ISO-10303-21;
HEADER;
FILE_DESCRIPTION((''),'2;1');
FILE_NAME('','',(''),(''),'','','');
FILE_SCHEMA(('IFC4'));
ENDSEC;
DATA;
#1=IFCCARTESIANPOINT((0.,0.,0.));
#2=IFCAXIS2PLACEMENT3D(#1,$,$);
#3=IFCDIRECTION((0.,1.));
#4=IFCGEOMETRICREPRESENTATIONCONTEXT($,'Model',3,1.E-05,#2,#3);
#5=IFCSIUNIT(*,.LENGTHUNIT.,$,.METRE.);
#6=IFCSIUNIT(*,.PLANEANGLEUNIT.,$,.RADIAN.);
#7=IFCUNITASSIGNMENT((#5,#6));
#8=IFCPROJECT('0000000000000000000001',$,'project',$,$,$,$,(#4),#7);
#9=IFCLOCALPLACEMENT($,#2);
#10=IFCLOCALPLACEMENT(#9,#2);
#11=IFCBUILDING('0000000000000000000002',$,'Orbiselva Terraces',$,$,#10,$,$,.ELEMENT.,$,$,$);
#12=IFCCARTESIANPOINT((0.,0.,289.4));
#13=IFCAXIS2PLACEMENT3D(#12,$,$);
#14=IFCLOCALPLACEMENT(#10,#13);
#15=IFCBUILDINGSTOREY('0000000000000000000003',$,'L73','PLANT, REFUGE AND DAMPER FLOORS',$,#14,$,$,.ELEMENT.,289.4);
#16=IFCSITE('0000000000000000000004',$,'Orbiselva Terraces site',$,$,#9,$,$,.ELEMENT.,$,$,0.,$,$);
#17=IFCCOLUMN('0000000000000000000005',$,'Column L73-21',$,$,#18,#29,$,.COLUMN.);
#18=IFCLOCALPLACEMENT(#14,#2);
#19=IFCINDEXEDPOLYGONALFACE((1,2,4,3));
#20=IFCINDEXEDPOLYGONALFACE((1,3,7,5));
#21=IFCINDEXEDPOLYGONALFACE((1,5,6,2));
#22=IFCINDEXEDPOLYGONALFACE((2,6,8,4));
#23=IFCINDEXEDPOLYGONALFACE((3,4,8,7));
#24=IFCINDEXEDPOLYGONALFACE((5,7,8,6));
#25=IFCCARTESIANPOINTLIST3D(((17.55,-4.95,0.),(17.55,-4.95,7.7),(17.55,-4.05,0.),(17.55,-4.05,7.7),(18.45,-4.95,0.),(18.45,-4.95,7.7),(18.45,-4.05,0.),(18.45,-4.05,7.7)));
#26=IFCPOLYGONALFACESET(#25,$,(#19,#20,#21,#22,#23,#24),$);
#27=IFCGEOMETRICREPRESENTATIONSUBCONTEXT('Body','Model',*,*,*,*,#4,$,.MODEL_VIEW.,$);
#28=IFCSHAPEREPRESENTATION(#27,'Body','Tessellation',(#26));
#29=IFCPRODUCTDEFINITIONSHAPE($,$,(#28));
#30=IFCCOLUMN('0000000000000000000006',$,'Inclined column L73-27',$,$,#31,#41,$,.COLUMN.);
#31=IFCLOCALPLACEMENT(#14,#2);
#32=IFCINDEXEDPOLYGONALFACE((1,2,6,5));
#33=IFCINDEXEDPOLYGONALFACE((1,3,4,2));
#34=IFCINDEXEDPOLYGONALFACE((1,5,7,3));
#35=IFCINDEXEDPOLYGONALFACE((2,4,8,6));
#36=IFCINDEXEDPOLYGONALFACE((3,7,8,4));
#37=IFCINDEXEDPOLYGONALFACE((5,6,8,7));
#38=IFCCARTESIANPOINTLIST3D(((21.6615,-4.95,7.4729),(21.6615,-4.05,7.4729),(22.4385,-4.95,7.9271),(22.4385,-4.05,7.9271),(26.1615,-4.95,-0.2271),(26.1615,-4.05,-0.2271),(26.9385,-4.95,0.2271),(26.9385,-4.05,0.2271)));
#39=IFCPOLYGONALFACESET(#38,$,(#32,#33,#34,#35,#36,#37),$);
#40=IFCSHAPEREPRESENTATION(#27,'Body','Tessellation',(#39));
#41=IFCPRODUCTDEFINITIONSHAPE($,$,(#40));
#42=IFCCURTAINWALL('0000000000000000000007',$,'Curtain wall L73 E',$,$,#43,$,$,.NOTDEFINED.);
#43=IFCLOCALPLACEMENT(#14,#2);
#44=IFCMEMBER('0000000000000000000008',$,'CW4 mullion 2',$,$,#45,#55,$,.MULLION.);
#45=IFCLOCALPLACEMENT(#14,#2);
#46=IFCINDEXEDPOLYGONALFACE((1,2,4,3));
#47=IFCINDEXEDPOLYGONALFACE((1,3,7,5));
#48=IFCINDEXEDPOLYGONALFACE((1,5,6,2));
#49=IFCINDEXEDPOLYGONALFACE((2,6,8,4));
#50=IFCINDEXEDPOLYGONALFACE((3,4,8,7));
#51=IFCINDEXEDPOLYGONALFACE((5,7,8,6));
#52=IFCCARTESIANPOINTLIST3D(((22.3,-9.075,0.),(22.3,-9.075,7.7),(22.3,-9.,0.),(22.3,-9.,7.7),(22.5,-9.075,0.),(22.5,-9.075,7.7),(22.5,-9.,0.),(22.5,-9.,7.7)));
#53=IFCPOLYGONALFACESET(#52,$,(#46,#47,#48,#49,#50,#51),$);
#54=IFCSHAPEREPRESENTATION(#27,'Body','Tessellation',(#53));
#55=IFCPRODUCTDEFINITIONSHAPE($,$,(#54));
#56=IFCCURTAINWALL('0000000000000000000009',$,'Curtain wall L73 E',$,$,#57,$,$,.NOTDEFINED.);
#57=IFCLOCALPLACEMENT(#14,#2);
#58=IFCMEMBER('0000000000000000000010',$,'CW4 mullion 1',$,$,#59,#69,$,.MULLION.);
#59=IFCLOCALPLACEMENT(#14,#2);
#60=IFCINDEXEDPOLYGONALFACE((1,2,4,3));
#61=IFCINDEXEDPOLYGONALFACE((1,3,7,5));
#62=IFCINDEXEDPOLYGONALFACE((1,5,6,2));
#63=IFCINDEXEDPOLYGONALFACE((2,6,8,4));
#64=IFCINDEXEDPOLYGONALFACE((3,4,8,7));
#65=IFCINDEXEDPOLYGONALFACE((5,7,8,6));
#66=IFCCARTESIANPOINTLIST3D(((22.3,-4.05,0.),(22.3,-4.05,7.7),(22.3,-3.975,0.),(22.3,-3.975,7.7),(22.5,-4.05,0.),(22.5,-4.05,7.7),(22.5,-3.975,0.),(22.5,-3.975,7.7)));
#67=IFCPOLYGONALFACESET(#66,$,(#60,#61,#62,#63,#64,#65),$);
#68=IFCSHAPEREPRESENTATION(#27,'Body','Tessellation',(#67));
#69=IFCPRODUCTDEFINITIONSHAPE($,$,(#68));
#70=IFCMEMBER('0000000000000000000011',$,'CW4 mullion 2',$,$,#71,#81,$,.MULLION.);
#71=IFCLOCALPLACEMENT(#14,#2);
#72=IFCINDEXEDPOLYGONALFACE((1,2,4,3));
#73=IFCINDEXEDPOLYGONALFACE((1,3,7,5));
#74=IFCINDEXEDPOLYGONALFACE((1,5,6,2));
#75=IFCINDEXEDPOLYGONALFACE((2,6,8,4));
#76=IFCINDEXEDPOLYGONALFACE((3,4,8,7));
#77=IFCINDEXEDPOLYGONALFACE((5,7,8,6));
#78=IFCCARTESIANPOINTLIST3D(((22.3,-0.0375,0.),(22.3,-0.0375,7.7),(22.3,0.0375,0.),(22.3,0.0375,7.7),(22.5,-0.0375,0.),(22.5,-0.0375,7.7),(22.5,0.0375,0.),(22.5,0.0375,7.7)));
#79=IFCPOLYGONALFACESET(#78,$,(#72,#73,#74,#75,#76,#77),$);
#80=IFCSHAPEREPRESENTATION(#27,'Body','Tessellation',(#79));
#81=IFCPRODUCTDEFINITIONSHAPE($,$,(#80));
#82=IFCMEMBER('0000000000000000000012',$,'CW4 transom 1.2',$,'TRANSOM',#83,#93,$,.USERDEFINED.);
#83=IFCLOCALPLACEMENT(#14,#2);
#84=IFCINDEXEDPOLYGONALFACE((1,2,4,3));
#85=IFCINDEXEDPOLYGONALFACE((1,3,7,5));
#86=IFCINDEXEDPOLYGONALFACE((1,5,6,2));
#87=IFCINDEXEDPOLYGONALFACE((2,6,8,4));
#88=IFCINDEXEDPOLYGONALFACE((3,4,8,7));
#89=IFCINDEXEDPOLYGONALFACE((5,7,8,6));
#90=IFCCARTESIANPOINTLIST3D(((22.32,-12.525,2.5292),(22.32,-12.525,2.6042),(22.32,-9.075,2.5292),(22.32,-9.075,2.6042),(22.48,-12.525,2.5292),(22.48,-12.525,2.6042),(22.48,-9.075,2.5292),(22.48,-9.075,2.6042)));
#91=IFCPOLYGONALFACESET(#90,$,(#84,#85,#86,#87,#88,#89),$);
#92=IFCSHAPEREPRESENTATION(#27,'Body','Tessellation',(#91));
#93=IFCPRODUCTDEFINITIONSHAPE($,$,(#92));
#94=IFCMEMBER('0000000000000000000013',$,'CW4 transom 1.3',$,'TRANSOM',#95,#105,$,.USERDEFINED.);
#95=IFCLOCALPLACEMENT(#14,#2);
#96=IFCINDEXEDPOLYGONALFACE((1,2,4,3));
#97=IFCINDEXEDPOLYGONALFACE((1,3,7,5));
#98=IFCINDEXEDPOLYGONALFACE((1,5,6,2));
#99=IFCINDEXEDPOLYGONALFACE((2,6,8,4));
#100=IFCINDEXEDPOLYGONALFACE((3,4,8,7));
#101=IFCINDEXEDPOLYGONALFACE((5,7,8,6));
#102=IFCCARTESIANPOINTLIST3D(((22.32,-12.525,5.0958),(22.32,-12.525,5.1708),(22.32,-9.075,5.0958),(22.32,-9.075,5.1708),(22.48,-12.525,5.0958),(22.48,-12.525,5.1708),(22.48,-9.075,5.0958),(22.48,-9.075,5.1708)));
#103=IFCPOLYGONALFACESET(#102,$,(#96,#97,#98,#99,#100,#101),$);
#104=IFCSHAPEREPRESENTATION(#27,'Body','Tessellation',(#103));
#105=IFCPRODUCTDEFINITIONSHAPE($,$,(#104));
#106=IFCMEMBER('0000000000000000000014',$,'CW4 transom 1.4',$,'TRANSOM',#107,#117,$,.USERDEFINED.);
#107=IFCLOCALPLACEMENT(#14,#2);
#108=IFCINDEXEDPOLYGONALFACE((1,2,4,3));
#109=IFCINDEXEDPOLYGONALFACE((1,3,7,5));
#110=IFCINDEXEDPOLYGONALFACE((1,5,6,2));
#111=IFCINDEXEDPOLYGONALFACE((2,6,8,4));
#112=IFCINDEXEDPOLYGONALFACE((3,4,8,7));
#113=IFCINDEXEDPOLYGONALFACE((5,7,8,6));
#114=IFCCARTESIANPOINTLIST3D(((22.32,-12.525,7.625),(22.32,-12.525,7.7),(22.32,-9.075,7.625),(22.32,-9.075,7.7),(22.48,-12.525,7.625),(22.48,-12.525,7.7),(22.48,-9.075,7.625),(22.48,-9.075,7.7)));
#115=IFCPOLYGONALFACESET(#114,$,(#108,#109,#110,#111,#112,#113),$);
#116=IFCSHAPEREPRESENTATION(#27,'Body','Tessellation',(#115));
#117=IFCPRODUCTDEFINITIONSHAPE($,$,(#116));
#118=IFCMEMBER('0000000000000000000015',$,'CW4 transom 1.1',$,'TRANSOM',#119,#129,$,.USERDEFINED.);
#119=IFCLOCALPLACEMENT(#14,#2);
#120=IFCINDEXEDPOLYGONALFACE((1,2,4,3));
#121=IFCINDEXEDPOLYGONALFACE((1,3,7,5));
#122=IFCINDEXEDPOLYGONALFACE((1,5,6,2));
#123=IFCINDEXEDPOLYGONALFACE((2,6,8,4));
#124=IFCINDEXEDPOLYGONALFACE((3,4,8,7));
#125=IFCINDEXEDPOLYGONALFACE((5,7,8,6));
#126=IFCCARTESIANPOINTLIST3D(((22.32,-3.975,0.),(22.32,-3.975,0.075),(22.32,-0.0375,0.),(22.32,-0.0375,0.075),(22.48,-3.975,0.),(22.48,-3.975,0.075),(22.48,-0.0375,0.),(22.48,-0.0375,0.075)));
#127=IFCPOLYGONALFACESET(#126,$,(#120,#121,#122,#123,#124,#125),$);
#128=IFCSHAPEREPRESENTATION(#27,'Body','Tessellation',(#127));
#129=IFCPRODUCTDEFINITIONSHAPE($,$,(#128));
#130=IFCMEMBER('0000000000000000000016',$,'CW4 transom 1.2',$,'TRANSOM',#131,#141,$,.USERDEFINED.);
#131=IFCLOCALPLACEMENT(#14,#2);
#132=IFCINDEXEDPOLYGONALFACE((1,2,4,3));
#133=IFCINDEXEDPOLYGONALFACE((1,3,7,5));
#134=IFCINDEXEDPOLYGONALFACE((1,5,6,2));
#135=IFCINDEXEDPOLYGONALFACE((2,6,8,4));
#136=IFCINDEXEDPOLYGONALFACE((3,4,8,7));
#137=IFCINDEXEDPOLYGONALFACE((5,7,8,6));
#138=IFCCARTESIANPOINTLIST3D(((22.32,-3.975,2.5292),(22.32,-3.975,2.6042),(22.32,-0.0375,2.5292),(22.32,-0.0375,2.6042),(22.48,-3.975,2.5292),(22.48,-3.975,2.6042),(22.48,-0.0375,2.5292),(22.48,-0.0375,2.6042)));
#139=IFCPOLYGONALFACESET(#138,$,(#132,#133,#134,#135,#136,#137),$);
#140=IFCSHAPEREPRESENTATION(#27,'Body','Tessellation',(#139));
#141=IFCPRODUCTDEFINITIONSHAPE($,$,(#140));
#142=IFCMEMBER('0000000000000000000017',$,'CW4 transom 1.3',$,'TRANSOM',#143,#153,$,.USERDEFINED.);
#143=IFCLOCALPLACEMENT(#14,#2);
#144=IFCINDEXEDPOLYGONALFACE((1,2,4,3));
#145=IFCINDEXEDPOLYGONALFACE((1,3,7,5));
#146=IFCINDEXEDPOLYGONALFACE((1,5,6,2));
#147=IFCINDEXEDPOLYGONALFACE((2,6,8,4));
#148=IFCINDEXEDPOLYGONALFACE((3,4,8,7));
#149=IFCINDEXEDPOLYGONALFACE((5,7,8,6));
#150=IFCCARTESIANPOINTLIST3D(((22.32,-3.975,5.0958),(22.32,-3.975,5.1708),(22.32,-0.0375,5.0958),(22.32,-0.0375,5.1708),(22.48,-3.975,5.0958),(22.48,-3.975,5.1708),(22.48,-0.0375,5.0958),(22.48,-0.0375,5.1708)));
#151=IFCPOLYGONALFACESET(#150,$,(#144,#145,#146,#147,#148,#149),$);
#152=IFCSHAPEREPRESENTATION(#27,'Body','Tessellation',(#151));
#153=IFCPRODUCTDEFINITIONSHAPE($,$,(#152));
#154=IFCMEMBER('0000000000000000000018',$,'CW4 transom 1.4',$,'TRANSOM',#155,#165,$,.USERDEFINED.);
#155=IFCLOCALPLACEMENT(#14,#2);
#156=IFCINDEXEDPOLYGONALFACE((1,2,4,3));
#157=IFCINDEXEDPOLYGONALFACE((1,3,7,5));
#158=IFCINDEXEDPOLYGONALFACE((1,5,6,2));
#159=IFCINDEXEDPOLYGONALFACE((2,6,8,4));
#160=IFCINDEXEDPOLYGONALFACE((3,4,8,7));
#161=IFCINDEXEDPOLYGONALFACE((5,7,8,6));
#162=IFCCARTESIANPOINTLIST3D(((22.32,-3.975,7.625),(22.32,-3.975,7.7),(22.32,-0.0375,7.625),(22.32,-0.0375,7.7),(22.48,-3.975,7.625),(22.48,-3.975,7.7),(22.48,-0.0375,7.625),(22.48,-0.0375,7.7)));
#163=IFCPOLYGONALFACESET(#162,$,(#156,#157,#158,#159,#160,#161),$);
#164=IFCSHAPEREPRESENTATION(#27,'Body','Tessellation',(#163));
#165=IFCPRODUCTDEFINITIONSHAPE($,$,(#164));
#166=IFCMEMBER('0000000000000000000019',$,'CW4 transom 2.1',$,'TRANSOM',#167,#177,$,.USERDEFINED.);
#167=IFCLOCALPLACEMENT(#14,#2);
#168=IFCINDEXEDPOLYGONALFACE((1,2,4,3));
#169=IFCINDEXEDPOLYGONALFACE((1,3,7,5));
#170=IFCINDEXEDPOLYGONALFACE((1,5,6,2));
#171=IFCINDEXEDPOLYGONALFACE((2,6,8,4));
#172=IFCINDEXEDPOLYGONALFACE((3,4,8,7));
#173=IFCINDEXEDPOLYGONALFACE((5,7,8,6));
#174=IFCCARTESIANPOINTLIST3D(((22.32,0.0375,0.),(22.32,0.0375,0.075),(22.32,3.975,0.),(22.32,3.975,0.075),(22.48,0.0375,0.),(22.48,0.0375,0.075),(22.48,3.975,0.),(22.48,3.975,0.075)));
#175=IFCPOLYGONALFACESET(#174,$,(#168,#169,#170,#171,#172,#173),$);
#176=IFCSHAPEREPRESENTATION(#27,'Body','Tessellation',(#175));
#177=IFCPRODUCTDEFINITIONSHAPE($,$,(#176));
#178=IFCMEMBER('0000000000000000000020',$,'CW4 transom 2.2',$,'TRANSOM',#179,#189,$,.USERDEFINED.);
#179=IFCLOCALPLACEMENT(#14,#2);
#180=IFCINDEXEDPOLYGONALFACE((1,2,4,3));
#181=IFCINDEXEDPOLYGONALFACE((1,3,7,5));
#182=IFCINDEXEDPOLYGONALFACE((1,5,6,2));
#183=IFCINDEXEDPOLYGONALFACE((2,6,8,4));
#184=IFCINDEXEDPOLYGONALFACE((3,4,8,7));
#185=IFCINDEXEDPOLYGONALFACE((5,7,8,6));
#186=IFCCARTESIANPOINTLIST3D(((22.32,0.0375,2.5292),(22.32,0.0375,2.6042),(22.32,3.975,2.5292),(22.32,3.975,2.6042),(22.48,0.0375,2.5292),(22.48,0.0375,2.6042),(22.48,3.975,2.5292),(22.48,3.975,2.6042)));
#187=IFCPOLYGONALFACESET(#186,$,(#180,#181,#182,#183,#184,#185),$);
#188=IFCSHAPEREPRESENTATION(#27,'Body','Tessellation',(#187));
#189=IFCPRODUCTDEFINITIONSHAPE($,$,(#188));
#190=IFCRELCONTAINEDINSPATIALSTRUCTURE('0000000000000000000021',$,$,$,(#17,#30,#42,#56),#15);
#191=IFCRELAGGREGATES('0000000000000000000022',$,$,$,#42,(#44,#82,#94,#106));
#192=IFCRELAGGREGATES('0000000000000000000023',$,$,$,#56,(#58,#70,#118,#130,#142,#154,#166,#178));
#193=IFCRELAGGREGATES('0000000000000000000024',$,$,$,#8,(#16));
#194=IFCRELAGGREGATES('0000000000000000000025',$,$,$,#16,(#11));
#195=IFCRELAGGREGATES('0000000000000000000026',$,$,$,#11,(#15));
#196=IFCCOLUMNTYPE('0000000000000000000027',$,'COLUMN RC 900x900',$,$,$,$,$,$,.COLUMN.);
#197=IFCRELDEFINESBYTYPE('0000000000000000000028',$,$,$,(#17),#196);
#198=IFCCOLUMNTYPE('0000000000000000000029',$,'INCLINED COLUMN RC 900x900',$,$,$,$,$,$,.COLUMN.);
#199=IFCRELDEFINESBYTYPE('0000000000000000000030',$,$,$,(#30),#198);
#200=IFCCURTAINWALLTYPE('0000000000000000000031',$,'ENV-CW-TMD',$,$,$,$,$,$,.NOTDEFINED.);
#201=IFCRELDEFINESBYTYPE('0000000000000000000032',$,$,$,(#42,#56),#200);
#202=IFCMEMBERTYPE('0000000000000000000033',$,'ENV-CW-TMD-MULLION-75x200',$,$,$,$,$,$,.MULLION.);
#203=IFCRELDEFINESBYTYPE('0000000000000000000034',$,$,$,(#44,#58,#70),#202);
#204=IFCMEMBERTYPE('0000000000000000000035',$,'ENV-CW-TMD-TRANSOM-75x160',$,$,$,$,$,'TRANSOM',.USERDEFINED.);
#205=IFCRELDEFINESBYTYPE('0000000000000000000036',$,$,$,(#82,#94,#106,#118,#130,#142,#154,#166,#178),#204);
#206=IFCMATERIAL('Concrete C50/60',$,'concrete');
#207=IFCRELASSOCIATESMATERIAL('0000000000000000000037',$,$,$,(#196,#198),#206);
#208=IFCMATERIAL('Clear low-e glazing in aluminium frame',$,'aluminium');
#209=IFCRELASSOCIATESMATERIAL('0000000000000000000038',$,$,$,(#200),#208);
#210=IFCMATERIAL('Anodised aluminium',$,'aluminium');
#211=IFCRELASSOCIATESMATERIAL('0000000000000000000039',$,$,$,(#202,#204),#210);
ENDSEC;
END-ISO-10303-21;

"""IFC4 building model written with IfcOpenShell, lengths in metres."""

from ifc_helpers import new_model, si_unit, direction, frame, origin, origin_2d, place, context, subcontext, project, spatial, rectangle, extrude, material, material_profile, profile_set, type_object, element, aggregate, save


model = new_model("IFC4")

# Units and contexts
model_context = context("Model", 3, precision=1e-05, world=origin(), true_north=direction((0.0, 1.0)))
body_context = subcontext(model_context, "Body", "Model", "MODEL_VIEW")
ifc_project = project(units=[si_unit("LENGTHUNIT", "METRE"), si_unit("PLANEANGLEUNIT", "RADIAN")], contexts=[model_context])

# Site, building, storey
site_placement = place(None, origin())
site = spatial("IfcSite", under=ifc_project, at=site_placement, Name="Orbiselva Terraces site", CompositionType="ELEMENT", RefElevation=0.0)
building_placement = place(site_placement, origin())
building = spatial("IfcBuilding", under=site, at=building_placement, Name="Orbiselva Terraces", CompositionType="ELEMENT")
storey_placement = place(building_placement, frame((0.0, 0.0, 289.4)))
storey = spatial("IfcBuildingStorey", under=building, at=storey_placement, Name="L73", Description="PLANT, REFUGE AND DAMPER FLOORS", CompositionType="ELEMENT", Elevation=289.4)

# Columns
ifc_material_1 = material(Name="Concrete C50/60", Category="concrete")
ifc_material_profile_1 = material_profile(ifc_material_1, rectangle(XDim=0.9, YDim=0.9, at=origin_2d()), Name="RC 900x900")
ifc_profile_set_1 = profile_set([ifc_material_profile_1], Name="Concrete C50/60")
column_type_1 = type_object("IfcColumnType", Name="COLUMN RC 900x900", PredefinedType="COLUMN", material=ifc_profile_set_1)
column_1_placement = place(storey_placement, frame((18.0, -4.5, 0.0), z_axis=(0.0, 0.0, 1.0), x_axis=(1.0, 0.0, 0.0)))
element("IfcColumn", 1, at=column_1_placement, inside=storey, type_object=column_type_1, Name="Column L73-21", PredefinedType="COLUMN", context=body_context, shape_type="SweptSolid", body=[
    extrude(rectangle(XDim=0.9, YDim=0.9, at=origin_2d()), origin(), (0.0, 0.0, 1.0), 7.7),
])
ifc_material_profile_2 = material_profile(ifc_material_1, rectangle(XDim=0.9, YDim=0.9, at=origin_2d()), Name="RC 900x900")
ifc_profile_set_2 = profile_set([ifc_material_profile_2], Name="Concrete C50/60")
column_type_2 = type_object("IfcColumnType", Name="INCLINED COLUMN RC 900x900", PredefinedType="COLUMN", material=ifc_profile_set_2)
column_2_placement = place(storey_placement, frame((26.55, -4.5, 0.0), z_axis=(-0.504568, 0.0, 0.863372), x_axis=(0.0, -1.0, 0.0)))
element("IfcColumn", 2, at=column_2_placement, inside=storey, type_object=column_type_2, Name="Inclined column L73-27", PredefinedType="COLUMN", context=body_context, shape_type="SweptSolid", body=[
    extrude(rectangle(XDim=0.9, YDim=0.9, at=origin_2d()), origin(), (0.0, 0.0, 1.0), 8.9185),
])

# Curtain wall, member
ifc_material_2 = material(Name="Clear low-e glazing in aluminium frame", Category="aluminium")
curtain_wall_type = type_object("IfcCurtainWallType", Name="ENV-CW-TMD", PredefinedType="NOTDEFINED", material=ifc_material_2)
curtain_wall_1_placement = place(storey_placement, origin())
curtain_wall_1 = element("IfcCurtainWall", 3, at=curtain_wall_1_placement, inside=storey, type_object=curtain_wall_type, Name="Curtain wall L73 E", PredefinedType="NOTDEFINED")
ifc_material_3 = material(Name="Anodised aluminium", Category="aluminium")
ifc_material_profile_3 = material_profile(ifc_material_3, rectangle(XDim=0.2, YDim=0.075, at=origin_2d()), Name="AL 75x200")
ifc_profile_set_3 = profile_set([ifc_material_profile_3], Name="Anodised aluminium")
member_type_1 = type_object("IfcMemberType", Name="ENV-CW-TMD-MULLION-75x200", PredefinedType="MULLION", material=ifc_profile_set_3)
member_1_placement = place(storey_placement, frame((22.4, -9.0375, 0.0), z_axis=(0.0, 0.0, 1.0), x_axis=(-1.0, 0.0, 0.0)))
member_1 = element("IfcMember", 4, at=member_1_placement, type_object=member_type_1, Name="CW4 mullion 2", PredefinedType="MULLION", context=body_context, shape_type="SweptSolid", body=[
    extrude(rectangle(XDim=0.2, YDim=0.075, at=origin_2d()), origin(), (0.0, 0.0, 1.0), 7.7),
])

# Curtain wall, members
curtain_wall_2_placement = place(storey_placement, origin())
curtain_wall_2 = element("IfcCurtainWall", 5, at=curtain_wall_2_placement, inside=storey, type_object=curtain_wall_type, Name="Curtain wall L73 E", PredefinedType="NOTDEFINED")
member_2_placement = place(storey_placement, frame((22.4, -4.0125, 0.0), z_axis=(0.0, 0.0, 1.0), x_axis=(-1.0, 0.0, 0.0)))
member_2 = element("IfcMember", 6, at=member_2_placement, type_object=member_type_1, Name="CW4 mullion 1", PredefinedType="MULLION", context=body_context, shape_type="SweptSolid", body=[
    extrude(rectangle(XDim=0.2, YDim=0.075, at=origin_2d()), origin(), (0.0, 0.0, 1.0), 7.7),
])
member_3_placement = place(storey_placement, frame((22.4, 0.0, 0.0), z_axis=(0.0, 0.0, 1.0), x_axis=(-1.0, 0.0, 0.0)))
member_3 = element("IfcMember", 7, at=member_3_placement, type_object=member_type_1, Name="CW4 mullion 2", PredefinedType="MULLION", context=body_context, shape_type="SweptSolid", body=[
    extrude(rectangle(XDim=0.2, YDim=0.075, at=origin_2d()), origin(), (0.0, 0.0, 1.0), 7.7),
])

# Members
ifc_material_profile_4 = material_profile(ifc_material_3, rectangle(XDim=0.16, YDim=0.075, at=origin_2d()), Name="AL 75x160")
ifc_profile_set_4 = profile_set([ifc_material_profile_4], Name="Anodised aluminium")
member_type_2 = type_object("IfcMemberType", Name="ENV-CW-TMD-TRANSOM-75x160", ElementType="TRANSOM", PredefinedType="USERDEFINED", material=ifc_profile_set_4)
member_4_placement = place(storey_placement, frame((22.4, -12.525, 2.5667), z_axis=(0.0, 1.0, 0.0), x_axis=(-1.0, 0.0, 0.0)))
member_4 = element("IfcMember", 8, at=member_4_placement, type_object=member_type_2, Name="CW4 transom 1.2", ObjectType="TRANSOM", PredefinedType="USERDEFINED", context=body_context, shape_type="SweptSolid", body=[
    extrude(rectangle(XDim=0.16, YDim=0.075, at=origin_2d()), origin(), (0.0, 0.0, 1.0), 3.45),
])
member_5_placement = place(storey_placement, frame((22.4, -12.525, 5.1333), z_axis=(0.0, 1.0, 0.0), x_axis=(-1.0, 0.0, 0.0)))
member_5 = element("IfcMember", 9, at=member_5_placement, type_object=member_type_2, Name="CW4 transom 1.3", ObjectType="TRANSOM", PredefinedType="USERDEFINED", context=body_context, shape_type="SweptSolid", body=[
    extrude(rectangle(XDim=0.16, YDim=0.075, at=origin_2d()), origin(), (0.0, 0.0, 1.0), 3.45),
])
member_6_placement = place(storey_placement, frame((22.4, -12.525, 7.6625), z_axis=(0.0, 1.0, 0.0), x_axis=(-1.0, 0.0, 0.0)))
member_6 = element("IfcMember", 10, at=member_6_placement, type_object=member_type_2, Name="CW4 transom 1.4", ObjectType="TRANSOM", PredefinedType="USERDEFINED", context=body_context, shape_type="SweptSolid", body=[
    extrude(rectangle(XDim=0.16, YDim=0.075, at=origin_2d()), origin(), (0.0, 0.0, 1.0), 3.45),
])
member_7_placement = place(storey_placement, frame((22.4, -3.975, 0.0375), z_axis=(0.0, 1.0, 0.0), x_axis=(-1.0, 0.0, 0.0)))
member_7 = element("IfcMember", 11, at=member_7_placement, type_object=member_type_2, Name="CW4 transom 1.1", ObjectType="TRANSOM", PredefinedType="USERDEFINED", context=body_context, shape_type="SweptSolid", body=[
    extrude(rectangle(XDim=0.16, YDim=0.075, at=origin_2d()), origin(), (0.0, 0.0, 1.0), 3.9375),
])
member_8_placement = place(storey_placement, frame((22.4, -3.975, 2.5667), z_axis=(0.0, 1.0, 0.0), x_axis=(-1.0, 0.0, 0.0)))
member_8 = element("IfcMember", 12, at=member_8_placement, type_object=member_type_2, Name="CW4 transom 1.2", ObjectType="TRANSOM", PredefinedType="USERDEFINED", context=body_context, shape_type="SweptSolid", body=[
    extrude(rectangle(XDim=0.16, YDim=0.075, at=origin_2d()), origin(), (0.0, 0.0, 1.0), 3.9375),
])
member_9_placement = place(storey_placement, frame((22.4, -3.975, 5.1333), z_axis=(0.0, 1.0, 0.0), x_axis=(-1.0, 0.0, 0.0)))
member_9 = element("IfcMember", 13, at=member_9_placement, type_object=member_type_2, Name="CW4 transom 1.3", ObjectType="TRANSOM", PredefinedType="USERDEFINED", context=body_context, shape_type="SweptSolid", body=[
    extrude(rectangle(XDim=0.16, YDim=0.075, at=origin_2d()), origin(), (0.0, 0.0, 1.0), 3.9375),
])
member_10_placement = place(storey_placement, frame((22.4, -3.975, 7.6625), z_axis=(0.0, 1.0, 0.0), x_axis=(-1.0, 0.0, 0.0)))
member_10 = element("IfcMember", 14, at=member_10_placement, type_object=member_type_2, Name="CW4 transom 1.4", ObjectType="TRANSOM", PredefinedType="USERDEFINED", context=body_context, shape_type="SweptSolid", body=[
    extrude(rectangle(XDim=0.16, YDim=0.075, at=origin_2d()), origin(), (0.0, 0.0, 1.0), 3.9375),
])
member_11_placement = place(storey_placement, frame((22.4, 0.0375, 0.0375), z_axis=(0.0, 1.0, 0.0), x_axis=(-1.0, 0.0, 0.0)))
member_11 = element("IfcMember", 15, at=member_11_placement, type_object=member_type_2, Name="CW4 transom 2.1", ObjectType="TRANSOM", PredefinedType="USERDEFINED", context=body_context, shape_type="SweptSolid", body=[
    extrude(rectangle(XDim=0.16, YDim=0.075, at=origin_2d()), origin(), (0.0, 0.0, 1.0), 3.9375),
])
member_12_placement = place(storey_placement, frame((22.4, 0.0375, 2.5667), z_axis=(0.0, 1.0, 0.0), x_axis=(-1.0, 0.0, 0.0)))
member_12 = element("IfcMember", 16, at=member_12_placement, type_object=member_type_2, Name="CW4 transom 2.2", ObjectType="TRANSOM", PredefinedType="USERDEFINED", context=body_context, shape_type="SweptSolid", body=[
    extrude(rectangle(XDim=0.16, YDim=0.075, at=origin_2d()), origin(), (0.0, 0.0, 1.0), 3.9375),
])

aggregate(curtain_wall_1, [member_1, member_4, member_5, member_6])
aggregate(curtain_wall_2, [member_2, member_3, member_7, member_8, member_9, member_10, member_11, member_12])

save(model, "model.ifc")
